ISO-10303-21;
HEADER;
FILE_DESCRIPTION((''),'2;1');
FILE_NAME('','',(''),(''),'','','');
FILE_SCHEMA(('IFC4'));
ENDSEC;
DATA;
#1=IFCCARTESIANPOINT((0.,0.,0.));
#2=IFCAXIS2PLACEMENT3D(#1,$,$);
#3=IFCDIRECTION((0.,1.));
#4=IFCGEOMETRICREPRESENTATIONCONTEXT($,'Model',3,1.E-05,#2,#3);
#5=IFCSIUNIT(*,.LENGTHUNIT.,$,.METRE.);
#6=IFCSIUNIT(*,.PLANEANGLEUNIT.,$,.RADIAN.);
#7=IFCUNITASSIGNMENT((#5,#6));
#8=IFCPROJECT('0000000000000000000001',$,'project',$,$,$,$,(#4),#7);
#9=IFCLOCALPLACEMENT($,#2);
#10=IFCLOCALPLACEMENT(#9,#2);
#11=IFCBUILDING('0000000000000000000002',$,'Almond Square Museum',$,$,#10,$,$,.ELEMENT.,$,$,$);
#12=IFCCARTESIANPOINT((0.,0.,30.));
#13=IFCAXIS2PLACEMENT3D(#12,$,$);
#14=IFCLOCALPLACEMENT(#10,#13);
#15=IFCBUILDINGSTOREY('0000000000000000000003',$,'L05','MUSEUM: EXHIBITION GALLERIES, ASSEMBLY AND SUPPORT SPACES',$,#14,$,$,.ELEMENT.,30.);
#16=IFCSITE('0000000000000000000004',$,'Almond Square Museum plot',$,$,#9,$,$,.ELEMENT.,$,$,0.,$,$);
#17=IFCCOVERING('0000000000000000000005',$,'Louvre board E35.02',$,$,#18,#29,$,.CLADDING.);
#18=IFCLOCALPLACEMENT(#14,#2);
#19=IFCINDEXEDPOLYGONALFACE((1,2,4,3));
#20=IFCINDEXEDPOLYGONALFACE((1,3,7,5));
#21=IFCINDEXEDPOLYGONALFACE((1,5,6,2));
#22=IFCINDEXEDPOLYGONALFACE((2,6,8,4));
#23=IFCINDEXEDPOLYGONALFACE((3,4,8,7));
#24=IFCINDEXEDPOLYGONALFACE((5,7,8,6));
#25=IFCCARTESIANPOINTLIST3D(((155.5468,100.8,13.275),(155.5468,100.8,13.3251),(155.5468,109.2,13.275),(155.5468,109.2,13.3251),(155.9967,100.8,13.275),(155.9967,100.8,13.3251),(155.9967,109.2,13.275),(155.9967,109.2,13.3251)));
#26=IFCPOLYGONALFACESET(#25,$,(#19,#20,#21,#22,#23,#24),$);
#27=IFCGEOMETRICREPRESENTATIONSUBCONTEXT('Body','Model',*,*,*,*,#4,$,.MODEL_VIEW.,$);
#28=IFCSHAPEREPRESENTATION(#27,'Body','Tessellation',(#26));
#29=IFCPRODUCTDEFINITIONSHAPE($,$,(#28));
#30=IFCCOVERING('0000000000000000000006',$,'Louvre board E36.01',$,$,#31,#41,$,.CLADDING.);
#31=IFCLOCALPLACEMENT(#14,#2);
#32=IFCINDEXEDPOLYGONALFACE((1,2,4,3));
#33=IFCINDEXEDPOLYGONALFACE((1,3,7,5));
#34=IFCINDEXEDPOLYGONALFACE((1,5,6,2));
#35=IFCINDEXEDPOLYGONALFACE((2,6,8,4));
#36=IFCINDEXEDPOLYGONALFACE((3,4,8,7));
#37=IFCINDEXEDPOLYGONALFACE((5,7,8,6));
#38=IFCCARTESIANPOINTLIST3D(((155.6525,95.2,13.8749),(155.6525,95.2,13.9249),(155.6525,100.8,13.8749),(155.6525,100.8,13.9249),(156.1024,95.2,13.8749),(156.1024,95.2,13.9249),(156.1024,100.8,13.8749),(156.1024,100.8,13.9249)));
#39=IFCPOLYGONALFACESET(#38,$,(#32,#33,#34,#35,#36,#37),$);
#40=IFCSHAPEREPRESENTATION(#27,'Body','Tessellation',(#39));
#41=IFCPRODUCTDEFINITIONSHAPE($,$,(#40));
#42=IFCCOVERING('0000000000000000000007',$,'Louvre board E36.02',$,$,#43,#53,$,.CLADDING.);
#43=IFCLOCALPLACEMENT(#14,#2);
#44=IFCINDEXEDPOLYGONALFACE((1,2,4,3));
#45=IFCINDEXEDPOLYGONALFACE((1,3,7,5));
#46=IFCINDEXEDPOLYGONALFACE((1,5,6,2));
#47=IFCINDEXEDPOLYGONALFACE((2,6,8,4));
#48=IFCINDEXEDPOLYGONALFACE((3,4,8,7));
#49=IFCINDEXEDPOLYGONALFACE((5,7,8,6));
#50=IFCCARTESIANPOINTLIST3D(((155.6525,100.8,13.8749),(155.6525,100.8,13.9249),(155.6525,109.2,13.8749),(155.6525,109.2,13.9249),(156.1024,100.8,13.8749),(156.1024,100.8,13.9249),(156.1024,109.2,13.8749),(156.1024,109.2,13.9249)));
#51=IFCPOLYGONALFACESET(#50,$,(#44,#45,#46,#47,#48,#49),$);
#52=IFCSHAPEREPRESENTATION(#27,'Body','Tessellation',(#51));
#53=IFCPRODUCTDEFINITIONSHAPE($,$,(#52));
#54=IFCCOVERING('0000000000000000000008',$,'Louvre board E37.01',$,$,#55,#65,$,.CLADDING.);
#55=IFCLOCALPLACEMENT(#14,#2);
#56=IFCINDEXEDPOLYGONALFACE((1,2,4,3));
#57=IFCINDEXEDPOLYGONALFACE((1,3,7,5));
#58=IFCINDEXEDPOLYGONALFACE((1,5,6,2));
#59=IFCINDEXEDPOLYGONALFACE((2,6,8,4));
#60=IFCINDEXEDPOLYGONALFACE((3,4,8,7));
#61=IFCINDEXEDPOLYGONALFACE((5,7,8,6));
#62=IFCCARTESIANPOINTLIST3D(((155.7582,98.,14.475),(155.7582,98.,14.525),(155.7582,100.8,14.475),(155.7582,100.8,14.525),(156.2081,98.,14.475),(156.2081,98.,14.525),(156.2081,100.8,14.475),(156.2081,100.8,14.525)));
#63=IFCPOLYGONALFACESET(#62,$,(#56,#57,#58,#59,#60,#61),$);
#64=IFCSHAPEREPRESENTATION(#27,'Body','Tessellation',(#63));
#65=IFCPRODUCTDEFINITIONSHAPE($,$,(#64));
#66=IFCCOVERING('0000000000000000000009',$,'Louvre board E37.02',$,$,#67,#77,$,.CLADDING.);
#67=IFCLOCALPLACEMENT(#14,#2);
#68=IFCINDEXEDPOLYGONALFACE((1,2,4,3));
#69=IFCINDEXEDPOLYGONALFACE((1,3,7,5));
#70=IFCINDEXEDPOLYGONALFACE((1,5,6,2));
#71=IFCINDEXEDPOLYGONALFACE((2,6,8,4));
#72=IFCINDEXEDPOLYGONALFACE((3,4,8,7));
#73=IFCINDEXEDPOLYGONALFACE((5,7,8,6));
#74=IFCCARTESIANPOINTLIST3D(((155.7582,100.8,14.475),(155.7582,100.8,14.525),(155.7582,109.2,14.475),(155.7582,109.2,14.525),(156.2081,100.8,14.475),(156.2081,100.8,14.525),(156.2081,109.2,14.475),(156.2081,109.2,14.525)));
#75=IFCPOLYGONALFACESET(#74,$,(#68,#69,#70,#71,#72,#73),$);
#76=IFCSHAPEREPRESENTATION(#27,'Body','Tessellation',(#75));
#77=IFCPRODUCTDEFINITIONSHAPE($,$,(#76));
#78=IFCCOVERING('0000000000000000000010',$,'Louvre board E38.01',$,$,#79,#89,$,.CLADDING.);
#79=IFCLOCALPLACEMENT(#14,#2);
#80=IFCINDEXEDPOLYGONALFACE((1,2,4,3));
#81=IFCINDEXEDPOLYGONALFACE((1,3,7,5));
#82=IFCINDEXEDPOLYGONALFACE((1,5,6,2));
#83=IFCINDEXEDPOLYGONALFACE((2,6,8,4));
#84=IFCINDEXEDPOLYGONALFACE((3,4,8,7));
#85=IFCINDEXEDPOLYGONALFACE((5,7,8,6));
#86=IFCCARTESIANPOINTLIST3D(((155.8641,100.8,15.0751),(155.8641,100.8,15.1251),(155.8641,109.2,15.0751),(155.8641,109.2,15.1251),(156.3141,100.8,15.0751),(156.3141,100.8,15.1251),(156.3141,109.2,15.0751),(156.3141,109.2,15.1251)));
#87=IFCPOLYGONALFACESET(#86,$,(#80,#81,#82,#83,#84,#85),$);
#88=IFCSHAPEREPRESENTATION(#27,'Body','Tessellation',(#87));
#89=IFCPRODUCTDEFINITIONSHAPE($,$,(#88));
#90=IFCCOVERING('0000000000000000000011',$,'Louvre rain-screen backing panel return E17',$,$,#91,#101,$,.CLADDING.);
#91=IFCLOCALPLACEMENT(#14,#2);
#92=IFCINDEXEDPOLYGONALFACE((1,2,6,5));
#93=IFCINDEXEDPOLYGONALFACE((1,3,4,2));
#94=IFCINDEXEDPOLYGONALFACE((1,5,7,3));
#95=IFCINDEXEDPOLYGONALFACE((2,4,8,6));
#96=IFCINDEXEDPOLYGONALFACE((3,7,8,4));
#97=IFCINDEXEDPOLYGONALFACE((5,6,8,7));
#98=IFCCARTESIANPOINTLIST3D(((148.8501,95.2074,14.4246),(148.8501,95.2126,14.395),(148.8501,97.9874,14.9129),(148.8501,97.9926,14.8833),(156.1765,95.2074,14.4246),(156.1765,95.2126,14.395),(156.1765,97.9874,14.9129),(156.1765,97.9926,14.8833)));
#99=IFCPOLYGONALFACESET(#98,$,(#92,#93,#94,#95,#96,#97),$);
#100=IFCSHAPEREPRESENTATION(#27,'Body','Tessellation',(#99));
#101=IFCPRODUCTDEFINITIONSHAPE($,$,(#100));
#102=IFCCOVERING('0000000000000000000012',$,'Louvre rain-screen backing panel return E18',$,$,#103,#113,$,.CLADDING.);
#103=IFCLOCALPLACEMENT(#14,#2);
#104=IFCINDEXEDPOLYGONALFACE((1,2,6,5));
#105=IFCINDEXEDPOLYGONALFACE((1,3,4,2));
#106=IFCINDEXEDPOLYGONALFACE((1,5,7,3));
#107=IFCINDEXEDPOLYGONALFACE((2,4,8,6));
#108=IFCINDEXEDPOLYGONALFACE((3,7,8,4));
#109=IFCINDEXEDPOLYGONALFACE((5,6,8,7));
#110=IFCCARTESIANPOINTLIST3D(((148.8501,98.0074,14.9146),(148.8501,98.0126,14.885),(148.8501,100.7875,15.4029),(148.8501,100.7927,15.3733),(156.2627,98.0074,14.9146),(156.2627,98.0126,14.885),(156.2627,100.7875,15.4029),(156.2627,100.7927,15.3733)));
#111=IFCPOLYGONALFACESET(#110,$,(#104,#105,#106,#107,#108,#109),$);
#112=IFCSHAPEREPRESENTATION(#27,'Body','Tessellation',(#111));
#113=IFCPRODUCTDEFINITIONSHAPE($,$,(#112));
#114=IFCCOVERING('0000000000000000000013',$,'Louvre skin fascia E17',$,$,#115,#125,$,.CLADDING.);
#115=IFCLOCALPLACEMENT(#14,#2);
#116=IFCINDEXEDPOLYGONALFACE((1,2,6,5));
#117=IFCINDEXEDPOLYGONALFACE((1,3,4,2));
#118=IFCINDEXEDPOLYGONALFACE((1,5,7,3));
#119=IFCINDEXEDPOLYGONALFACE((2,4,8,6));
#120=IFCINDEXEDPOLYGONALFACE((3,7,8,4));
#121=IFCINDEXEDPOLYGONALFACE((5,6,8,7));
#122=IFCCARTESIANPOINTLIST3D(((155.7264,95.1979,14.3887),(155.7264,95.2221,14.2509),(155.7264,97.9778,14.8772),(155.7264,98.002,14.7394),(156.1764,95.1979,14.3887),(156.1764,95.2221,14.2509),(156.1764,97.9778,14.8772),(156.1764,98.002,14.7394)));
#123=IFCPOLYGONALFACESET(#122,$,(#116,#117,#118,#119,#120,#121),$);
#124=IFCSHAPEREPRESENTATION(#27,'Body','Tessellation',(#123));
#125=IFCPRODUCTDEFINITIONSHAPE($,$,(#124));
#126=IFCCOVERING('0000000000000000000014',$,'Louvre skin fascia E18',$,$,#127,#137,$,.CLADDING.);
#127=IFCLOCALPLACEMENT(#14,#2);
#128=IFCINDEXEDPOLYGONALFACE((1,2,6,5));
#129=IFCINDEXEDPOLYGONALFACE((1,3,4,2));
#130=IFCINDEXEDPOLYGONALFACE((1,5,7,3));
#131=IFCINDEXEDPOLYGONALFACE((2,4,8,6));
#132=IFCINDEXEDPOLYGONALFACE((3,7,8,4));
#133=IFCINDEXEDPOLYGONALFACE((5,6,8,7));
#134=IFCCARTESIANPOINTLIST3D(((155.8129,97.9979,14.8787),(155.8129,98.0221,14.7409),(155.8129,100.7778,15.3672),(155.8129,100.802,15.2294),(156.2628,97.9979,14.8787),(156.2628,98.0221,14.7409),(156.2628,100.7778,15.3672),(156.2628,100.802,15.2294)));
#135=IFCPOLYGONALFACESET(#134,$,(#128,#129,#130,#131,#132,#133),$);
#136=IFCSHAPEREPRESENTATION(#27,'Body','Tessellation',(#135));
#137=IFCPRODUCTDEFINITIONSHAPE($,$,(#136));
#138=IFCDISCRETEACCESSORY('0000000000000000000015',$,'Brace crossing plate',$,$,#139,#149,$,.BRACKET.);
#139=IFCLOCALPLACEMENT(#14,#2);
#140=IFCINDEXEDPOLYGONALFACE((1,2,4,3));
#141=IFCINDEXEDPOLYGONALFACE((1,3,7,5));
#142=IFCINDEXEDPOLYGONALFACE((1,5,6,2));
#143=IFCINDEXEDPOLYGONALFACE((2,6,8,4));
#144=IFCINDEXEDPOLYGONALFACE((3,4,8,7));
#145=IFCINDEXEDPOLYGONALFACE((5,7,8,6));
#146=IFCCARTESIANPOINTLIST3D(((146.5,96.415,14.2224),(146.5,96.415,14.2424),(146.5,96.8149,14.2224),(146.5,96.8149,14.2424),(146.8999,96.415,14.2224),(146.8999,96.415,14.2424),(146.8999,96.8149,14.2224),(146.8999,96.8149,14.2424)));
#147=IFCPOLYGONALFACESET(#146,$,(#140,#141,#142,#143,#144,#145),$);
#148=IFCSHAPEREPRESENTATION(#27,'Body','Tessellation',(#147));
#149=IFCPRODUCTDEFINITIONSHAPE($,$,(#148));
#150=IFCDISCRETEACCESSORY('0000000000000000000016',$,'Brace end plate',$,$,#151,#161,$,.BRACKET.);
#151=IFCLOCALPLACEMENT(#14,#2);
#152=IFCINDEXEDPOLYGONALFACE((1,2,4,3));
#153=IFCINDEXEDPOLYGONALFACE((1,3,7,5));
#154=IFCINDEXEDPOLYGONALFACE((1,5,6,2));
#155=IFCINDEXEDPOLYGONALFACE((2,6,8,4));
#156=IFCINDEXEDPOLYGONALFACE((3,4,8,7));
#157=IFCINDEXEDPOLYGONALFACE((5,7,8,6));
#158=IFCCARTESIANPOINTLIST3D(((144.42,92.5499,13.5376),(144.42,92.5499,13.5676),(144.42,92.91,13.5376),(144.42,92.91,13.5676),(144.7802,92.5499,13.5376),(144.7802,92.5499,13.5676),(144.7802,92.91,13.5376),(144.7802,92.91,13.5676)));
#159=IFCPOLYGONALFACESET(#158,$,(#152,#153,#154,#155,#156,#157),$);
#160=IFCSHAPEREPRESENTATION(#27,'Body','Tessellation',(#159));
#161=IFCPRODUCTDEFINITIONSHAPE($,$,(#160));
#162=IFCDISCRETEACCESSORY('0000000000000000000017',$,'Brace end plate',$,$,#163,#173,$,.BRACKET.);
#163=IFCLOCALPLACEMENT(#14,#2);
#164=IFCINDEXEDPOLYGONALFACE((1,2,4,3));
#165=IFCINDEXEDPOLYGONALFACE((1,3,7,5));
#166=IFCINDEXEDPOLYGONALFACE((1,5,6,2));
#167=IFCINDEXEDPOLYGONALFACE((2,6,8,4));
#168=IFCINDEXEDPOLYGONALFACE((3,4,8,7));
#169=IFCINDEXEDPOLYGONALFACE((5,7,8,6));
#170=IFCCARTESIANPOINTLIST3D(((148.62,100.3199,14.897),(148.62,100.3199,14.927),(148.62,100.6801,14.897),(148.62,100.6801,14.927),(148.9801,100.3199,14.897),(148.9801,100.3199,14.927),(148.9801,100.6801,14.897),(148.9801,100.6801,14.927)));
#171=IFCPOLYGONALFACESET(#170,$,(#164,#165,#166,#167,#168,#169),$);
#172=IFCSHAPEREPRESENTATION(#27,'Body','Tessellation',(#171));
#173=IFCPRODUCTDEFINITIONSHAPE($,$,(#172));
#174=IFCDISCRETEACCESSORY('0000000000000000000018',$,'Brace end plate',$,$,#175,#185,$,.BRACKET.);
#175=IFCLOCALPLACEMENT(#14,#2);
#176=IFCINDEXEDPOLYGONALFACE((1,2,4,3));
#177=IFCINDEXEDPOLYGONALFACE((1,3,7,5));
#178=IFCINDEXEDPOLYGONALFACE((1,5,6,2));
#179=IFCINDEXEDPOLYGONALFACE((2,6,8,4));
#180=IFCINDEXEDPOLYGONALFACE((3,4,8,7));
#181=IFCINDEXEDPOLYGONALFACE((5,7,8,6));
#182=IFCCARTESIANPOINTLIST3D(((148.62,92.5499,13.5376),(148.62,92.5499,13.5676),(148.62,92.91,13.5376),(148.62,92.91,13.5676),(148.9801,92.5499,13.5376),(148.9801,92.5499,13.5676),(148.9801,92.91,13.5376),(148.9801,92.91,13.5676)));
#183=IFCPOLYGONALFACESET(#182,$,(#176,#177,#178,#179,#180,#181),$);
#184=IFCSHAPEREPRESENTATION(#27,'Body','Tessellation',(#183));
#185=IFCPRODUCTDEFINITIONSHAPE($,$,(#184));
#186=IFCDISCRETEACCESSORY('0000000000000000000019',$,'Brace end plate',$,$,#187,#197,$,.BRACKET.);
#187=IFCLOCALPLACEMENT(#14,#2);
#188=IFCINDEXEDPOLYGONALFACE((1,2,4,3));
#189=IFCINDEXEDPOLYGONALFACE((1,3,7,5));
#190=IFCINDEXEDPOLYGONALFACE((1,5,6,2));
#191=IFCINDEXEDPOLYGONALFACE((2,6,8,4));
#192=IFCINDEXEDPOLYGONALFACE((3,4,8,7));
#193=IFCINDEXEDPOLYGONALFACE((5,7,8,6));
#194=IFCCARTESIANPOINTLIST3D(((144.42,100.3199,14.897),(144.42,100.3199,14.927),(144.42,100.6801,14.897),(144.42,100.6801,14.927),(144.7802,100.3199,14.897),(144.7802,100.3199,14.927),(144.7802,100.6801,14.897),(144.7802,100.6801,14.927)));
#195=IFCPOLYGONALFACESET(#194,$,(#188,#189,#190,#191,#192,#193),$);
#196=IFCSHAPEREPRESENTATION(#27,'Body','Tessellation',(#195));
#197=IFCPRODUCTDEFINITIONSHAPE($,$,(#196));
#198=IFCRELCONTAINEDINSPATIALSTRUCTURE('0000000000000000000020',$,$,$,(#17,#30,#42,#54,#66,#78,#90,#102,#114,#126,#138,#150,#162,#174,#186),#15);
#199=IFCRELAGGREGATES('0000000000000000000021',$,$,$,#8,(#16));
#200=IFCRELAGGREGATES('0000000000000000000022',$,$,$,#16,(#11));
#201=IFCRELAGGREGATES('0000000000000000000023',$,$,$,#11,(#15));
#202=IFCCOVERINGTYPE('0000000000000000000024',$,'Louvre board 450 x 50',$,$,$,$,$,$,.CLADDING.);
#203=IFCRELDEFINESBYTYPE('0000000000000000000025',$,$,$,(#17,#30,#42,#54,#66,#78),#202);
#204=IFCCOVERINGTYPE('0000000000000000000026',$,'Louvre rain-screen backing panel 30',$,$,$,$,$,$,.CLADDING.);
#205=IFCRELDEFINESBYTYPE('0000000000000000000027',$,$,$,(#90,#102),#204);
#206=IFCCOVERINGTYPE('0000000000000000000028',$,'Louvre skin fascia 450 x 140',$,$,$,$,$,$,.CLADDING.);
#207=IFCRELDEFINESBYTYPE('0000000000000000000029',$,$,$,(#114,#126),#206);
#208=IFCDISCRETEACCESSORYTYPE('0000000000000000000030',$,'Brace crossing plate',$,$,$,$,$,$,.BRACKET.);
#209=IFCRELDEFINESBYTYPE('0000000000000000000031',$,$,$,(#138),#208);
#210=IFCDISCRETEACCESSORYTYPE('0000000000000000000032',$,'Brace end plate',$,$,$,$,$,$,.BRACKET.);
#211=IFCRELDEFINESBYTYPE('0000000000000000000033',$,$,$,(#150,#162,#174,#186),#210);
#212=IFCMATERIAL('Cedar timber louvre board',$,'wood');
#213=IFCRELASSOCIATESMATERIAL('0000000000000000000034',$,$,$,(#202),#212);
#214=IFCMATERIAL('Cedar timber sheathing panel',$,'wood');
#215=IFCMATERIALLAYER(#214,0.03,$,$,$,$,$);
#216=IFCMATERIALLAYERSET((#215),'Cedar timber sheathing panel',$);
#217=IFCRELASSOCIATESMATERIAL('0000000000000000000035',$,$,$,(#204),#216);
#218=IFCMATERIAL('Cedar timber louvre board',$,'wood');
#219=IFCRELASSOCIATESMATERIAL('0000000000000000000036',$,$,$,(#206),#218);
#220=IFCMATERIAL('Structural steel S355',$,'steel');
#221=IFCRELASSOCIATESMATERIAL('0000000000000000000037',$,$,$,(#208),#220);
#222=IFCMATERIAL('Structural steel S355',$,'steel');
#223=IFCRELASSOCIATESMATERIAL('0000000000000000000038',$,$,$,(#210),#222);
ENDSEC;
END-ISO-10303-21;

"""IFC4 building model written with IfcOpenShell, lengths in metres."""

from ifc_helpers import new_model, si_unit, direction, frame, origin, origin_2d, place, context, subcontext, project, spatial, polyline, rectangle, outline, extrude, material, layer, layer_set, material_profile, profile_set, type_object, element, save


model = new_model("IFC4")

# Units and contexts
model_context = context("Model", 3, precision=1e-05, world=origin(), true_north=direction((0.0, 1.0)))
body_context = subcontext(model_context, "Body", "Model", "MODEL_VIEW")
ifc_project = project(units=[si_unit("LENGTHUNIT", "METRE"), si_unit("PLANEANGLEUNIT", "RADIAN")], contexts=[model_context])

# Site, building, storey
site_placement = place(None, origin())
site = spatial("IfcSite", under=ifc_project, at=site_placement, Name="Almond Square Museum plot", CompositionType="ELEMENT", RefElevation=0.0)
building_placement = place(site_placement, origin())
building = spatial("IfcBuilding", under=site, at=building_placement, Name="Almond Square Museum", CompositionType="ELEMENT")
storey_placement = place(building_placement, frame((0.0, 0.0, 30.0)))
storey = spatial("IfcBuildingStorey", under=building, at=storey_placement, Name="L05", Description="MUSEUM: EXHIBITION GALLERIES, ASSEMBLY AND SUPPORT SPACES", CompositionType="ELEMENT", Elevation=30.0)

# Coverings
ifc_material_1 = material(Name="Cedar timber louvre board", Category="wood")
ifc_material_profile_1 = material_profile(ifc_material_1, rectangle(XDim=0.45, YDim=0.05, at=origin_2d()))
ifc_profile_set_1 = profile_set([ifc_material_profile_1], Name="Cedar timber louvre board")
covering_type_1 = type_object("IfcCoveringType", Name="Louvre board 450 x 50", PredefinedType="CLADDING", material=ifc_profile_set_1)
for number, where, z_axis, x_axis, name in (
    (1, (155.7717, 100.8, 13.3), (0.0, 1.0, 0.0), (-1.0, 0.0, 0.0), "Louvre board E35.02"),
):
    element("IfcCovering", number, at=place(storey_placement, frame(where, z_axis=z_axis, x_axis=x_axis)), inside=storey, type_object=covering_type_1, Name=name, PredefinedType="CLADDING", context=body_context, shape_type="SweptSolid", body=[
        extrude(rectangle(XDim=0.45, YDim=0.05, at=origin_2d()), origin(), (0.0, 0.0, 1.0), 8.3999),
    ])
covering_1_placement = place(storey_placement, frame((155.8774, 95.2, 13.8999), z_axis=(0.0, 1.0, 0.0), x_axis=(-1.0, 0.0, 0.0)))
element("IfcCovering", 2, at=covering_1_placement, inside=storey, type_object=covering_type_1, Name="Louvre board E36.01", PredefinedType="CLADDING", context=body_context, shape_type="SweptSolid", body=[
    extrude(rectangle(XDim=0.45, YDim=0.05, at=origin_2d()), origin(), (0.0, 0.0, 1.0), 5.6001),
])
covering_2_placement = place(storey_placement, frame((155.8774, 100.8, 13.8999), z_axis=(0.0, 1.0, 0.0), x_axis=(-1.0, 0.0, 0.0)))
element("IfcCovering", 3, at=covering_2_placement, inside=storey, type_object=covering_type_1, Name="Louvre board E36.02", PredefinedType="CLADDING", context=body_context, shape_type="SweptSolid", body=[
    extrude(rectangle(XDim=0.45, YDim=0.05, at=origin_2d()), origin(), (0.0, 0.0, 1.0), 8.3999),
])
covering_3_placement = place(storey_placement, frame((155.9832, 98.0, 14.5), z_axis=(0.0, 1.0, 0.0), x_axis=(-1.0, 0.0, 0.0)))
element("IfcCovering", 4, at=covering_3_placement, inside=storey, type_object=covering_type_1, Name="Louvre board E37.01", PredefinedType="CLADDING", context=body_context, shape_type="SweptSolid", body=[
    extrude(rectangle(XDim=0.45, YDim=0.05, at=origin_2d()), origin(), (0.0, 0.0, 1.0), 2.8),
])
for number, where, z_axis, x_axis, name in (
    (5, (155.9832, 100.8, 14.5), (0.0, 1.0, 0.0), (-1.0, 0.0, 0.0), "Louvre board E37.02"),
    (6, (156.0891, 100.8, 15.1001), (0.0, 1.0, 0.0), (-1.0, 0.0, 0.0), "Louvre board E38.01"),
):
    element("IfcCovering", number, at=place(storey_placement, frame(where, z_axis=z_axis, x_axis=x_axis)), inside=storey, type_object=covering_type_1, Name=name, PredefinedType="CLADDING", context=body_context, shape_type="SweptSolid", body=[
        extrude(rectangle(XDim=0.45, YDim=0.05, at=origin_2d()), origin(), (0.0, 0.0, 1.0), 8.3999),
    ])
ifc_material_2 = material(Name="Cedar timber sheathing panel", Category="wood")
ifc_layer = layer(ifc_material_2, 0.03)
ifc_layer_set = layer_set([ifc_layer], Name="Cedar timber sheathing panel")
covering_type_2 = type_object("IfcCoveringType", Name="Louvre rain-screen backing panel 30", PredefinedType="CLADDING", material=ifc_layer_set)
covering_4_placement = place(storey_placement, frame((148.8501, 95.21, 14.4099), z_axis=(0.0, -0.172991, 0.984923), x_axis=(1.0, 0.0, 0.0)))
element("IfcCovering", 7, at=covering_4_placement, inside=storey, type_object=covering_type_2, Name="Louvre rain-screen backing panel return E17", PredefinedType="CLADDING", context=body_context, shape_type="SweptSolid", body=[
    extrude(outline(polyline([(0.0, 0.0), (7.3264, 0.0), (7.3264, 2.8226), (0.0, 2.8226), (0.0, 0.0)])), frame((0.0, 0.0, -0.0151)), (0.0, 0.0, 1.0), 0.03),
])
covering_5_placement = place(storey_placement, frame((148.8501, 98.01, 14.8999), z_axis=(0.0, -0.172991, 0.984923), x_axis=(1.0, 0.0, 0.0)))
element("IfcCovering", 8, at=covering_5_placement, inside=storey, type_object=covering_type_2, Name="Louvre rain-screen backing panel return E18", PredefinedType="CLADDING", context=body_context, shape_type="SweptSolid", body=[
    extrude(outline(polyline([(0.0, 0.0), (7.4126, 0.0), (7.4126, 2.8226), (0.0, 2.8226), (0.0, 0.0)])), frame((0.0, 0.0, -0.0151)), (0.0, 0.0, 1.0), 0.03),
])
ifc_material_3 = material(Name="Cedar timber louvre board", Category="wood")
ifc_material_profile_2 = material_profile(ifc_material_3, rectangle(XDim=0.45, YDim=0.1399, at=origin_2d()))
ifc_profile_set_2 = profile_set([ifc_material_profile_2], Name="Cedar timber louvre board")
covering_type_3 = type_object("IfcCoveringType", Name="Louvre skin fascia 450 x 140", PredefinedType="CLADDING", material=ifc_profile_set_2)
for number, where, z_axis, x_axis, name in (
    (9, (155.9514, 95.21, 14.3198), (0.0, 0.984909, 0.173075), (-1.0, 0.0, 0.0), "Louvre skin fascia E17"),
    (10, (156.0378, 98.01, 14.8098), (0.0, 0.984909, 0.173075), (-1.0, 0.0, 0.0), "Louvre skin fascia E18"),
):
    element("IfcCovering", number, at=place(storey_placement, frame(where, z_axis=z_axis, x_axis=x_axis)), inside=storey, type_object=covering_type_3, Name=name, PredefinedType="CLADDING", context=body_context, shape_type="SweptSolid", body=[
        extrude(rectangle(XDim=0.45, YDim=0.1399, at=origin_2d()), origin(), (0.0, 0.0, 1.0), 2.8225),
    ])

# Discrete accessories
ifc_material_4 = material(Name="Structural steel S355", Category="steel")
discrete_accessory_type_1 = type_object("IfcDiscreteAccessoryType", Name="Brace crossing plate", PredefinedType="BRACKET", material=ifc_material_4)
discrete_accessory_placement = place(storey_placement, frame((146.7, 96.615, 14.2224), z_axis=(0.0, 0.0, 1.0), x_axis=(1.0, 0.0, 0.0)))
element("IfcDiscreteAccessory", 11, at=discrete_accessory_placement, inside=storey, type_object=discrete_accessory_type_1, Name="Brace crossing plate", PredefinedType="BRACKET", context=body_context, shape_type="SweptSolid", body=[
    extrude(rectangle(XDim=0.3999, YDim=0.3999, at=origin_2d()), origin(), (0.0, 0.0, 1.0), 0.02),
])
ifc_material_5 = material(Name="Structural steel S355", Category="steel")
discrete_accessory_type_2 = type_object("IfcDiscreteAccessoryType", Name="Brace end plate", PredefinedType="BRACKET", material=ifc_material_5)
for number, where, z_axis, x_axis, name in (
    (12, (144.6001, 92.73, 13.5376), (0.0, 0.0, 1.0), (1.0, 0.0, 0.0), "Brace end plate"),
    (13, (148.8, 100.5, 14.897), (0.0, 0.0, 1.0), (1.0, 0.0, 0.0), "Brace end plate"),
    (14, (148.8, 92.73, 13.5376), (0.0, 0.0, 1.0), (1.0, 0.0, 0.0), "Brace end plate"),
    (15, (144.6001, 100.5, 14.897), (0.0, 0.0, 1.0), (1.0, 0.0, 0.0), "Brace end plate"),
):
    element("IfcDiscreteAccessory", number, at=place(storey_placement, frame(where, z_axis=z_axis, x_axis=x_axis)), inside=storey, type_object=discrete_accessory_type_2, Name=name, PredefinedType="BRACKET", context=body_context, shape_type="SweptSolid", body=[
        extrude(rectangle(XDim=0.3601, YDim=0.3601, at=origin_2d()), origin(), (0.0, 0.0, 1.0), 0.03),
    ])

save(model, "model.ifc")
